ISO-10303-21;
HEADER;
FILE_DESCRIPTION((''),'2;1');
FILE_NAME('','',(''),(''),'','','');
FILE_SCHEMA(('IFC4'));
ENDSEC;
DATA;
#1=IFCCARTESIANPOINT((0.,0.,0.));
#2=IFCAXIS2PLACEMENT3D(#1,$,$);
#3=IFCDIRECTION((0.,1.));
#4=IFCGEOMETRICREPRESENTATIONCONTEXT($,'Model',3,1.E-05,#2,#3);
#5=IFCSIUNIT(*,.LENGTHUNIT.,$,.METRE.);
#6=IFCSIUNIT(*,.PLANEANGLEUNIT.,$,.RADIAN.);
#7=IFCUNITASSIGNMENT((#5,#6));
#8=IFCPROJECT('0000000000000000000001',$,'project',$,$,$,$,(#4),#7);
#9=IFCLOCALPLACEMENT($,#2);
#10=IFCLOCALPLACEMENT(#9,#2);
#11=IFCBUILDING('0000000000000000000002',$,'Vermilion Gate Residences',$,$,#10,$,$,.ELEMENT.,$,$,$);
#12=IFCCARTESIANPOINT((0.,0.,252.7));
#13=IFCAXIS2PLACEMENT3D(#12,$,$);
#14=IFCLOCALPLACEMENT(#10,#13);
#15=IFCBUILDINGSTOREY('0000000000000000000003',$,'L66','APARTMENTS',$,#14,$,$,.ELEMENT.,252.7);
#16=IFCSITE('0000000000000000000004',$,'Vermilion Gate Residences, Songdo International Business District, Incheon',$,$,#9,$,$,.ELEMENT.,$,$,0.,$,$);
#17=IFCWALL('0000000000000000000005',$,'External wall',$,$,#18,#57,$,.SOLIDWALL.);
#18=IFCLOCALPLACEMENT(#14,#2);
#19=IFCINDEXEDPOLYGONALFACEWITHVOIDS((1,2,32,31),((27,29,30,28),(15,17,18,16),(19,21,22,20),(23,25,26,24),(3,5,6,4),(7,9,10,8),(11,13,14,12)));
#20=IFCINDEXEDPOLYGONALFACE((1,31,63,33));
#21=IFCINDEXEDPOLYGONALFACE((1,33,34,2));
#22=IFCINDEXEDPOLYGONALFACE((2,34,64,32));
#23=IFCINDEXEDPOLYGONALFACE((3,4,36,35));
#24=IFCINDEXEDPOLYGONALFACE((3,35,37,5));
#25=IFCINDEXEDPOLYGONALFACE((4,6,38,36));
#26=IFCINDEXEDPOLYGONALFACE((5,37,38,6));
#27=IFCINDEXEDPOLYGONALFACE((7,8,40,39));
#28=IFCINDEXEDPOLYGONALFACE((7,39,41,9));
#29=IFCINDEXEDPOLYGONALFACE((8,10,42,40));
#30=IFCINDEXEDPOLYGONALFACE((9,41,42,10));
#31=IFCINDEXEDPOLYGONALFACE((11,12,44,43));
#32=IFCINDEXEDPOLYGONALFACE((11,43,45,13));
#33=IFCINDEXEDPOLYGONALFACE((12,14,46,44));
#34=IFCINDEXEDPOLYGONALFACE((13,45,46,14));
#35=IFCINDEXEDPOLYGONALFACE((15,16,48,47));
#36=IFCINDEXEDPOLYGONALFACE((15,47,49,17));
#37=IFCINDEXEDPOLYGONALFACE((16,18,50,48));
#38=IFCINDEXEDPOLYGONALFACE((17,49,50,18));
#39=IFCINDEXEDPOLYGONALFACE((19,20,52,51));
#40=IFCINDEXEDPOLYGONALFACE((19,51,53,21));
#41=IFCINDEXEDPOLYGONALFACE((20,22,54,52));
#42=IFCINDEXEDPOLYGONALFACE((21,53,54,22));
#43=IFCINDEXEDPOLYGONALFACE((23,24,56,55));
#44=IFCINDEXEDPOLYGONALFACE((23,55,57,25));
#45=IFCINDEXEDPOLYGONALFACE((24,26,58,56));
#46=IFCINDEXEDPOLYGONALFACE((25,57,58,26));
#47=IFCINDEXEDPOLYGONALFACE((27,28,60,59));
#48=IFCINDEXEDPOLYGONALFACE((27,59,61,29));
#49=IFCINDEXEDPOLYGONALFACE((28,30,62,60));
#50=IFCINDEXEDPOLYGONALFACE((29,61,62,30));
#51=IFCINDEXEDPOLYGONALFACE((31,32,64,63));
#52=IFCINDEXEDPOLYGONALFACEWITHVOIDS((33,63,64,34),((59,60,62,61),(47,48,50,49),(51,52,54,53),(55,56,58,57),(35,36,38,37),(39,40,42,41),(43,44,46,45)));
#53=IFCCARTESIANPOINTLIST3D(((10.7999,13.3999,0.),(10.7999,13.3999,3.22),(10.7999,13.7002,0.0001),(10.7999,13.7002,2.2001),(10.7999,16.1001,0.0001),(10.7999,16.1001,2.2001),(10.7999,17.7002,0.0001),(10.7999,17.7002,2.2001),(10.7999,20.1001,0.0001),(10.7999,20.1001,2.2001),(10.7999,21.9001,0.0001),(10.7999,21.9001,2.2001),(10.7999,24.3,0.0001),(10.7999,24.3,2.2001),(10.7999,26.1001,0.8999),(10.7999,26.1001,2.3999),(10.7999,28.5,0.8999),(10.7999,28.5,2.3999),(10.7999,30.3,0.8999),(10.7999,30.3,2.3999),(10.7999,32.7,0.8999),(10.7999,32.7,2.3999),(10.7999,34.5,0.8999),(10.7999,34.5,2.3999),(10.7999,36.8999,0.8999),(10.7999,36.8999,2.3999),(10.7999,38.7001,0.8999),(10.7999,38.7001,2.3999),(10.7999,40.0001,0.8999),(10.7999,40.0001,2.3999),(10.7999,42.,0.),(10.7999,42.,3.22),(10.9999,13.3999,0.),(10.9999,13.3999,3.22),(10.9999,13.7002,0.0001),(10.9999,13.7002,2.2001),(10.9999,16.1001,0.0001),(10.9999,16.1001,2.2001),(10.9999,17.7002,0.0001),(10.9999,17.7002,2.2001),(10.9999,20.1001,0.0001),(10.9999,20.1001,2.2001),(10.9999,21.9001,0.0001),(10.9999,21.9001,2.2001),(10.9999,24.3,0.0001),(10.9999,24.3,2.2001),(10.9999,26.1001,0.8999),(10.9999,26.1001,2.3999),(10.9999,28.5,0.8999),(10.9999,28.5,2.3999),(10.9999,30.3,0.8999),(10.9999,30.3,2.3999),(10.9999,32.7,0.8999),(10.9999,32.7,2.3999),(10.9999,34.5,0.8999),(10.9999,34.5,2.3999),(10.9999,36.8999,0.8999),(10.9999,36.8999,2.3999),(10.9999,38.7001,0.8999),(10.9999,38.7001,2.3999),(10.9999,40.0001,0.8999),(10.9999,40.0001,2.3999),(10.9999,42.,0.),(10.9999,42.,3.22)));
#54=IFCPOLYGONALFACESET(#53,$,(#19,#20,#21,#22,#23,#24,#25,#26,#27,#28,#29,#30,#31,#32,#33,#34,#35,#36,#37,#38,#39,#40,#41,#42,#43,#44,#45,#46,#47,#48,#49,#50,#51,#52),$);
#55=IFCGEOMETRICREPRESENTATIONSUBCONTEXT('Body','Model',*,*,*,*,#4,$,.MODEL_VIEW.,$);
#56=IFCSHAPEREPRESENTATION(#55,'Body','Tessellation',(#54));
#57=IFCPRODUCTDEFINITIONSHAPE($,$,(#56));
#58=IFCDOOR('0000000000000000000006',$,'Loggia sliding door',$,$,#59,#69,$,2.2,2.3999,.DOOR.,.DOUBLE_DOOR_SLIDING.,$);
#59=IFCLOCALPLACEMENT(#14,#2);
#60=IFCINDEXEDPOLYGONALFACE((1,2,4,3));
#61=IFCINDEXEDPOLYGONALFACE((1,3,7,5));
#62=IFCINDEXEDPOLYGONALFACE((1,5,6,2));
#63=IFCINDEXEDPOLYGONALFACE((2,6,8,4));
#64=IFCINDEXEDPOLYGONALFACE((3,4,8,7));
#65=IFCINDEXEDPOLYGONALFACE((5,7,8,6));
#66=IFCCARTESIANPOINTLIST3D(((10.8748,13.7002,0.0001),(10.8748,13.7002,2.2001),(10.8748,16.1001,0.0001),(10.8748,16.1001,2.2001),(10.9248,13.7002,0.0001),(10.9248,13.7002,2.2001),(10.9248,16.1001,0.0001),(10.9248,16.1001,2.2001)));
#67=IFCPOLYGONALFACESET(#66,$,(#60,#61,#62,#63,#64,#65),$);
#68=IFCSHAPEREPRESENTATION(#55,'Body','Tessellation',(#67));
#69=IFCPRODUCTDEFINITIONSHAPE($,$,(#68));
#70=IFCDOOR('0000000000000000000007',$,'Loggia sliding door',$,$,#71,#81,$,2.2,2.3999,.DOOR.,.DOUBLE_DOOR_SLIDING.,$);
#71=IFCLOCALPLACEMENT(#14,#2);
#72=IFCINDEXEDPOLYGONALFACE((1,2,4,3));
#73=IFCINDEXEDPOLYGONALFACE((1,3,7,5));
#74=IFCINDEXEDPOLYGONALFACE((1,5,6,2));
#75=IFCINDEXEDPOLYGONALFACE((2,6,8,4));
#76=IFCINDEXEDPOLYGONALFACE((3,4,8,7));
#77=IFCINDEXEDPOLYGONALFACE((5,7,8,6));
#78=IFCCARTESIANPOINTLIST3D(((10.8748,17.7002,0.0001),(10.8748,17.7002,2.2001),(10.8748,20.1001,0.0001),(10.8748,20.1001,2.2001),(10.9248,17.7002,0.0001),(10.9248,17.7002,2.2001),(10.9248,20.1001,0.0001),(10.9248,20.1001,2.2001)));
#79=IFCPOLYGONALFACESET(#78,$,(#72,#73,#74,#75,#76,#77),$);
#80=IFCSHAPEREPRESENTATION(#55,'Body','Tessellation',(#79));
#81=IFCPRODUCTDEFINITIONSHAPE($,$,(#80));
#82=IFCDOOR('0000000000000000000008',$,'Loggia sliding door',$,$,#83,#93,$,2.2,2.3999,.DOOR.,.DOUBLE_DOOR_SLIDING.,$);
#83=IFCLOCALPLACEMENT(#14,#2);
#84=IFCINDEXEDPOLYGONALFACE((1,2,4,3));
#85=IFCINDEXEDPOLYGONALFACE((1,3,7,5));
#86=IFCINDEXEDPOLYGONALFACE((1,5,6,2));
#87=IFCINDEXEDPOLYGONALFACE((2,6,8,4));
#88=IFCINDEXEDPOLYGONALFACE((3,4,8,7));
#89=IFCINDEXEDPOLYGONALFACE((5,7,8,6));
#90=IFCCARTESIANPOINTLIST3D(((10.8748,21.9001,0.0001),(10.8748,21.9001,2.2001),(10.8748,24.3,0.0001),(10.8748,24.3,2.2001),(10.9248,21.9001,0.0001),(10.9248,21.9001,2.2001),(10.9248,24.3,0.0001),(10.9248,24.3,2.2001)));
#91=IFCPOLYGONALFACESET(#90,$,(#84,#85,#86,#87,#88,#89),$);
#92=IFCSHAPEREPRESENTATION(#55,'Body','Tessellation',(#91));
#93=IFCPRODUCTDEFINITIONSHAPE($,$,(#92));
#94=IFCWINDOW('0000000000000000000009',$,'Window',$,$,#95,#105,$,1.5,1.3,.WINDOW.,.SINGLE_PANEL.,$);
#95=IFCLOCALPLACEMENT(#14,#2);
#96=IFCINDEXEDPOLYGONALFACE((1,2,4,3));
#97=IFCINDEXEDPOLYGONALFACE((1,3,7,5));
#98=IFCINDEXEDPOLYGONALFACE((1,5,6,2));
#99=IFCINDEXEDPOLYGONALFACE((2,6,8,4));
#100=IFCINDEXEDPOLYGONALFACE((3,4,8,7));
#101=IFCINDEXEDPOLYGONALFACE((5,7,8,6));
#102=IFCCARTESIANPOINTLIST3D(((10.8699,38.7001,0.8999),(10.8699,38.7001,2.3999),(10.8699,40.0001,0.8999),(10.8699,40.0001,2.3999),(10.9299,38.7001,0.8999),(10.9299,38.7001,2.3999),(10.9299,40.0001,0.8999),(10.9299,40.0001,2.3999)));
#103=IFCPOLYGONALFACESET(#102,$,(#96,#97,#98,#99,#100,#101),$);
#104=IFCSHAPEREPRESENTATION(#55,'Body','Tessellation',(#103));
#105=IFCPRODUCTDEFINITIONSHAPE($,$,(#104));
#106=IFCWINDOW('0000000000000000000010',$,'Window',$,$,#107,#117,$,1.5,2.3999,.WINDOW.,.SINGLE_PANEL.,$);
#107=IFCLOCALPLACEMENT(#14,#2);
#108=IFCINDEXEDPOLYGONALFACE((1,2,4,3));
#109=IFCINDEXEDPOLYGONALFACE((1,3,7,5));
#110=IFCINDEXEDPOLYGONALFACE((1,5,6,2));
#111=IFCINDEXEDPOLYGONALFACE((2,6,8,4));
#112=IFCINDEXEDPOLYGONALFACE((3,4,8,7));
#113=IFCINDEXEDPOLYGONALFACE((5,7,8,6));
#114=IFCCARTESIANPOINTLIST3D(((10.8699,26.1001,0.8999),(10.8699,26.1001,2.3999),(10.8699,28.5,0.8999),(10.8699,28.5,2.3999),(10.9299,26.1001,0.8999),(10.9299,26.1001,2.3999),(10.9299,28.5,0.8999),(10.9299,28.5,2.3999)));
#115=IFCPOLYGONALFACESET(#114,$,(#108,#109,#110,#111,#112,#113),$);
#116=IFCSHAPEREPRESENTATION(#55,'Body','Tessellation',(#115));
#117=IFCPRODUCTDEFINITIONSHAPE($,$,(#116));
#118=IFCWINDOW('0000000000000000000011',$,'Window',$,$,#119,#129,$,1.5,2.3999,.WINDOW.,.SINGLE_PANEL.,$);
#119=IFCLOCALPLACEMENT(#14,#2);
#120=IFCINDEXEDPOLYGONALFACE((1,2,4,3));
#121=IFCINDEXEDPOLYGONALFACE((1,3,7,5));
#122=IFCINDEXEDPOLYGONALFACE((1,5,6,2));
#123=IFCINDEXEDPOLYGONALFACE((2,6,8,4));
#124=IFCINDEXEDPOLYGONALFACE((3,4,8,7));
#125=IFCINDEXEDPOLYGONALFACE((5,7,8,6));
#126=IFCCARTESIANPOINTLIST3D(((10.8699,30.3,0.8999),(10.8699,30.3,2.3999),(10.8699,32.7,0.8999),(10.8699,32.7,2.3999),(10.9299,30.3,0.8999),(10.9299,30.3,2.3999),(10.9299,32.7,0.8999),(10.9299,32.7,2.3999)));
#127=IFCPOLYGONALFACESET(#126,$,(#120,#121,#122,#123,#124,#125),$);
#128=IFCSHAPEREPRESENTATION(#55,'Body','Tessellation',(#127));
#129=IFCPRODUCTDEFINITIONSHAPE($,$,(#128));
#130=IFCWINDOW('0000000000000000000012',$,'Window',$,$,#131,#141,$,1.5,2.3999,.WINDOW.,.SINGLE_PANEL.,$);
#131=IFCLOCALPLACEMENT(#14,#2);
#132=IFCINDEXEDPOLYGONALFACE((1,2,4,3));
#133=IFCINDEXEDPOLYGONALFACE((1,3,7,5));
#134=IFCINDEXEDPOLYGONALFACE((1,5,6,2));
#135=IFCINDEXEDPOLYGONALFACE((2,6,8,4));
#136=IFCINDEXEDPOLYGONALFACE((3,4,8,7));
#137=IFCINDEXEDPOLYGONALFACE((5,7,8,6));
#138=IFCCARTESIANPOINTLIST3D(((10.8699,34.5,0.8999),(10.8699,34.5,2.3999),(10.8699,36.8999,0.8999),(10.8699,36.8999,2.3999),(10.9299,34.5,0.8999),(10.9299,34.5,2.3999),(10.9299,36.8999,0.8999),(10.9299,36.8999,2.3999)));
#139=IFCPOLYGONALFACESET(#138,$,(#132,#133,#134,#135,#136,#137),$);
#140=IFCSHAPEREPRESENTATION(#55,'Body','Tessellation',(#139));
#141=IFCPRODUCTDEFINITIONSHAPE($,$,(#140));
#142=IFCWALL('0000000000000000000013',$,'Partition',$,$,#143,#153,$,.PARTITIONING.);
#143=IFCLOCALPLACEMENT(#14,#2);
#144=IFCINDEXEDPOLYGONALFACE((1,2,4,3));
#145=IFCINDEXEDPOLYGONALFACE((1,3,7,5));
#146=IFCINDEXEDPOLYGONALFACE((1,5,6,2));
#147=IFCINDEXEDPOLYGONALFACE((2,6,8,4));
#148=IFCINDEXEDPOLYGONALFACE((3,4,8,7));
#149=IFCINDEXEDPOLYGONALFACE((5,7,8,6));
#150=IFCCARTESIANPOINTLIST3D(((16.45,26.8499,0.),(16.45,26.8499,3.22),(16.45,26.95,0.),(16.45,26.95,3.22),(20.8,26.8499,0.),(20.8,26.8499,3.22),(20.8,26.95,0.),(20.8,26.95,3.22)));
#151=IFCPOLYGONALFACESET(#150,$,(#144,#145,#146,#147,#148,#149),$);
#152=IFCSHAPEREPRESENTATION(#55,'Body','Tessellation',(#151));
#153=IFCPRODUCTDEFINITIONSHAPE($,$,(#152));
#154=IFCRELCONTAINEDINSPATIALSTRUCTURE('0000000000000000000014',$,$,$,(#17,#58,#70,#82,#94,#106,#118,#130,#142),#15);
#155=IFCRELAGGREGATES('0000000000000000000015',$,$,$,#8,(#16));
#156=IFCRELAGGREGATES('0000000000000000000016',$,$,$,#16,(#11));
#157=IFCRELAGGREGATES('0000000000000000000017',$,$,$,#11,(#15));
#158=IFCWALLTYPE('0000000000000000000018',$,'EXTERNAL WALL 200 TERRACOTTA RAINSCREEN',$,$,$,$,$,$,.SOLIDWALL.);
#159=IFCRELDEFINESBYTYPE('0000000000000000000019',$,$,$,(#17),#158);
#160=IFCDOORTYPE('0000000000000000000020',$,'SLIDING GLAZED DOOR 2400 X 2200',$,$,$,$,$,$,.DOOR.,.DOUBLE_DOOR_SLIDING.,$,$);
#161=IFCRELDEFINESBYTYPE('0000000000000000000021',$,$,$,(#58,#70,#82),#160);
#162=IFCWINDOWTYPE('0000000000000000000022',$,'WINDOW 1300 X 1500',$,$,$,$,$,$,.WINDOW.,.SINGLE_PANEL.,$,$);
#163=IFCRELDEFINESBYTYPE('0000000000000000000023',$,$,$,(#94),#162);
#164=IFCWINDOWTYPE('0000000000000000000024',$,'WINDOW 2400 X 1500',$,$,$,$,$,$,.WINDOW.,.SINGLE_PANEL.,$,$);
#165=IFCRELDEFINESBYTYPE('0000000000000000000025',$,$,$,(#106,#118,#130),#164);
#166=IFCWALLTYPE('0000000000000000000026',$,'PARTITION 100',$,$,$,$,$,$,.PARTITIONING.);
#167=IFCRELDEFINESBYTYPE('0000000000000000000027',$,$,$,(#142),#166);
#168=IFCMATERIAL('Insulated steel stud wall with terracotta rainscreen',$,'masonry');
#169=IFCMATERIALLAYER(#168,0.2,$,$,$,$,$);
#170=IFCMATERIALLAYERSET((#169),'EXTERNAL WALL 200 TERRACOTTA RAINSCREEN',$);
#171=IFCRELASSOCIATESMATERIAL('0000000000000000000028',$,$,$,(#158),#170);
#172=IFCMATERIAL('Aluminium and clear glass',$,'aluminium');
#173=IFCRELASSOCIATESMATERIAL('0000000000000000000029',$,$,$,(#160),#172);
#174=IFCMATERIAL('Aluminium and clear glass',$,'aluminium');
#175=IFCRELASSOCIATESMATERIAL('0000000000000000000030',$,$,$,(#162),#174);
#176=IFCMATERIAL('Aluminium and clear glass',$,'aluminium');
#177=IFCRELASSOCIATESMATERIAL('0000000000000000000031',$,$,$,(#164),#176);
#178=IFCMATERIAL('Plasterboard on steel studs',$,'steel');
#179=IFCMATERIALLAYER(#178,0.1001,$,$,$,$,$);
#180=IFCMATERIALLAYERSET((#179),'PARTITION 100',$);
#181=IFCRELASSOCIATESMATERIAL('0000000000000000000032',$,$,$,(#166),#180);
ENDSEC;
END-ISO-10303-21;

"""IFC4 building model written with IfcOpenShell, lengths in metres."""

from ifc_helpers import new_model, si_unit, direction, frame, frame_2d, origin, place, context, subcontext, project, spatial, rectangle, extrude, material, layer, layer_set, type_object, element, fill, save


model = new_model("IFC4")

# Units and contexts
model_context = context("Model", 3, precision=1e-05, world=origin(), true_north=direction((0.0, 1.0)))
body_context = subcontext(model_context, "Body", "Model", "MODEL_VIEW")
ifc_project = project(units=[si_unit("LENGTHUNIT", "METRE"), si_unit("PLANEANGLEUNIT", "RADIAN")], contexts=[model_context])

# Site, building, storey
site_placement = place(None, origin())
site = spatial("IfcSite", under=ifc_project, at=site_placement, Name="Vermilion Gate Residences, Songdo International Business District, Incheon", CompositionType="ELEMENT", RefElevation=0.0)
building_placement = place(site_placement, origin())
building = spatial("IfcBuilding", under=site, at=building_placement, Name="Vermilion Gate Residences", CompositionType="ELEMENT")
storey_placement = place(building_placement, frame((0.0, 0.0, 252.7)))
storey = spatial("IfcBuildingStorey", under=building, at=storey_placement, Name="L66", Description="APARTMENTS", CompositionType="ELEMENT", Elevation=252.7)

# Wall, openings, doors, windows
ifc_material_1 = material(Name="Insulated steel stud wall with terracotta rainscreen", Category="masonry")
ifc_layer_1 = layer(ifc_material_1, 0.2)
ifc_layer_set_1 = layer_set([ifc_layer_1], Name="EXTERNAL WALL 200 TERRACOTTA RAINSCREEN")
wall_type_1 = type_object("IfcWallType", Name="EXTERNAL WALL 200 TERRACOTTA RAINSCREEN", PredefinedType="SOLIDWALL", material=ifc_layer_set_1)
wall_1_placement = place(storey_placement, frame((10.8999, 42.0, 0.0), z_axis=(0.0, 0.0, 1.0), x_axis=(0.0, -1.0, 0.0)))
wall_1 = element("IfcWall", 1, at=wall_1_placement, inside=storey, type_object=wall_type_1, Name="External wall", PredefinedType="SOLIDWALL", context=body_context, shape_type="SweptSolid", body=[
    extrude(rectangle(XDim=28.6001, YDim=0.2, at=frame_2d((14.3, 0.0))), origin(), (0.0, 0.0, 1.0), 3.22),
])
opening_1_placement = place(wall_1_placement, frame((25.8999, 0.0, 0.0)))
opening_1 = element("IfcOpeningElement", 2, at=opening_1_placement, cuts=wall_1, PredefinedType="OPENING", context=body_context, shape_type="SweptSolid", body=[
    extrude(rectangle(XDim=2.3999, YDim=2.2, at=frame_2d((1.2, 1.1001))), frame((0.0, 0.1099, 0.0), z_axis=(0.0, -1.0, 0.0), x_axis=(1.0, 0.0, 0.0)), (0.0, 0.0, 1.0), 0.22),
])
opening_2_placement = place(wall_1_placement, frame((21.8999, 0.0, 0.0)))
opening_2 = element("IfcOpeningElement", 3, at=opening_2_placement, cuts=wall_1, PredefinedType="OPENING", context=body_context, shape_type="SweptSolid", body=[
    extrude(rectangle(XDim=2.3999, YDim=2.2, at=frame_2d((1.2, 1.1001))), frame((0.0, 0.1099, 0.0), z_axis=(0.0, -1.0, 0.0), x_axis=(1.0, 0.0, 0.0)), (0.0, 0.0, 1.0), 0.22),
])
opening_3_placement = place(wall_1_placement, frame((17.7, 0.0, 0.0)))
opening_3 = element("IfcOpeningElement", 4, at=opening_3_placement, cuts=wall_1, PredefinedType="OPENING", context=body_context, shape_type="SweptSolid", body=[
    extrude(rectangle(XDim=2.3999, YDim=2.2, at=frame_2d((1.2, 1.1001))), frame((0.0, 0.1099, 0.0), z_axis=(0.0, -1.0, 0.0), x_axis=(1.0, 0.0, 0.0)), (0.0, 0.0, 1.0), 0.22),
])
opening_4_placement = place(wall_1_placement, frame((13.5, 0.0, 0.8999)))
opening_4 = element("IfcOpeningElement", 5, at=opening_4_placement, cuts=wall_1, PredefinedType="OPENING", context=body_context, shape_type="SweptSolid", body=[
    extrude(rectangle(XDim=2.3999, YDim=1.5, at=frame_2d((1.2, 0.75))), frame((0.0, 0.1099, 0.0), z_axis=(0.0, -1.0, 0.0), x_axis=(1.0, 0.0, 0.0)), (0.0, 0.0, 1.0), 0.22),
])
opening_5_placement = place(wall_1_placement, frame((9.3, 0.0, 0.8999)))
opening_5 = element("IfcOpeningElement", 6, at=opening_5_placement, cuts=wall_1, PredefinedType="OPENING", context=body_context, shape_type="SweptSolid", body=[
    extrude(rectangle(XDim=2.3999, YDim=1.5, at=frame_2d((1.2, 0.75))), frame((0.0, 0.1099, 0.0), z_axis=(0.0, -1.0, 0.0), x_axis=(1.0, 0.0, 0.0)), (0.0, 0.0, 1.0), 0.22),
])
opening_6_placement = place(wall_1_placement, frame((5.1001, 0.0, 0.8999)))
opening_6 = element("IfcOpeningElement", 7, at=opening_6_placement, cuts=wall_1, PredefinedType="OPENING", context=body_context, shape_type="SweptSolid", body=[
    extrude(rectangle(XDim=2.3999, YDim=1.5, at=frame_2d((1.2, 0.75))), frame((0.0, 0.1099, 0.0), z_axis=(0.0, -1.0, 0.0), x_axis=(1.0, 0.0, 0.0)), (0.0, 0.0, 1.0), 0.22),
])
opening_7_placement = place(wall_1_placement, frame((2.0, 0.0, 0.8999)))
opening_7 = element("IfcOpeningElement", 8, at=opening_7_placement, cuts=wall_1, PredefinedType="OPENING", context=body_context, shape_type="SweptSolid", body=[
    extrude(rectangle(XDim=1.3, YDim=1.5, at=frame_2d((0.6499, 0.75))), frame((0.0, 0.1099, 0.0), z_axis=(0.0, -1.0, 0.0), x_axis=(1.0, 0.0, 0.0)), (0.0, 0.0, 1.0), 0.22),
])
ifc_material_2 = material(Name="Aluminium and clear glass", Category="aluminium")
door_type_1 = type_object("IfcDoorType", Name="SLIDING GLAZED DOOR 2400 X 2200", OperationType="DOUBLE_DOOR_SLIDING", PredefinedType="DOOR", material=ifc_material_2)
door_1_placement = place(opening_1_placement, origin())
door_1 = element("IfcDoor", 9, at=door_1_placement, inside=storey, type_object=door_type_1, Name="Loggia sliding door", OperationType="DOUBLE_DOOR_SLIDING", OverallHeight=2.2, OverallWidth=2.3999, PredefinedType="DOOR", context=body_context, shape_type="SweptSolid", body=[
    extrude(rectangle(XDim=2.3999, YDim=2.2, at=frame_2d((1.2, 1.1001))), frame((0.0, 0.0249, 0.0), z_axis=(0.0, -1.0, 0.0), x_axis=(1.0, 0.0, 0.0)), (0.0, 0.0, 1.0), 0.05),
])
fill(opening_1, door_1)
door_2_placement = place(opening_2_placement, origin())
door_2 = element("IfcDoor", 10, at=door_2_placement, inside=storey, type_object=door_type_1, Name="Loggia sliding door", OperationType="DOUBLE_DOOR_SLIDING", OverallHeight=2.2, OverallWidth=2.3999, PredefinedType="DOOR", context=body_context, shape_type="SweptSolid", body=[
    extrude(rectangle(XDim=2.3999, YDim=2.2, at=frame_2d((1.2, 1.1001))), frame((0.0, 0.0249, 0.0), z_axis=(0.0, -1.0, 0.0), x_axis=(1.0, 0.0, 0.0)), (0.0, 0.0, 1.0), 0.05),
])
fill(opening_2, door_2)
door_3_placement = place(opening_3_placement, origin())
door_3 = element("IfcDoor", 11, at=door_3_placement, inside=storey, type_object=door_type_1, Name="Loggia sliding door", OperationType="DOUBLE_DOOR_SLIDING", OverallHeight=2.2, OverallWidth=2.3999, PredefinedType="DOOR", context=body_context, shape_type="SweptSolid", body=[
    extrude(rectangle(XDim=2.3999, YDim=2.2, at=frame_2d((1.2, 1.1001))), frame((0.0, 0.0249, 0.0), z_axis=(0.0, -1.0, 0.0), x_axis=(1.0, 0.0, 0.0)), (0.0, 0.0, 1.0), 0.05),
])
fill(opening_3, door_3)
ifc_material_3 = material(Name="Aluminium and clear glass", Category="aluminium")
window_type_1 = type_object("IfcWindowType", Name="WINDOW 1300 X 1500", PartitioningType="SINGLE_PANEL", PredefinedType="WINDOW", material=ifc_material_3)
window_1_placement = place(opening_7_placement, origin())
window_1 = element("IfcWindow", 12, at=window_1_placement, inside=storey, type_object=window_type_1, Name="Window", OverallHeight=1.5, OverallWidth=1.3, PartitioningType="SINGLE_PANEL", PredefinedType="WINDOW", context=body_context, shape_type="SweptSolid", body=[
    extrude(rectangle(XDim=1.3, YDim=1.5, at=frame_2d((0.6499, 0.75))), frame((0.0, 0.03, 0.0), z_axis=(0.0, -1.0, 0.0), x_axis=(1.0, 0.0, 0.0)), (0.0, 0.0, 1.0), 0.0601),
])
fill(opening_7, window_1)
ifc_material_4 = material(Name="Aluminium and clear glass", Category="aluminium")
window_type_2 = type_object("IfcWindowType", Name="WINDOW 2400 X 1500", PartitioningType="SINGLE_PANEL", PredefinedType="WINDOW", material=ifc_material_4)
window_2_placement = place(opening_4_placement, origin())
window_2 = element("IfcWindow", 13, at=window_2_placement, inside=storey, type_object=window_type_2, Name="Window", OverallHeight=1.5, OverallWidth=2.3999, PartitioningType="SINGLE_PANEL", PredefinedType="WINDOW", context=body_context, shape_type="SweptSolid", body=[
    extrude(rectangle(XDim=2.3999, YDim=1.5, at=frame_2d((1.2, 0.75))), frame((0.0, 0.03, 0.0), z_axis=(0.0, -1.0, 0.0), x_axis=(1.0, 0.0, 0.0)), (0.0, 0.0, 1.0), 0.0601),
])
fill(opening_4, window_2)
window_3_placement = place(opening_5_placement, origin())
window_3 = element("IfcWindow", 14, at=window_3_placement, inside=storey, type_object=window_type_2, Name="Window", OverallHeight=1.5, OverallWidth=2.3999, PartitioningType="SINGLE_PANEL", PredefinedType="WINDOW", context=body_context, shape_type="SweptSolid", body=[
    extrude(rectangle(XDim=2.3999, YDim=1.5, at=frame_2d((1.2, 0.75))), frame((0.0, 0.03, 0.0), z_axis=(0.0, -1.0, 0.0), x_axis=(1.0, 0.0, 0.0)), (0.0, 0.0, 1.0), 0.0601),
])
fill(opening_5, window_3)
window_4_placement = place(opening_6_placement, origin())
window_4 = element("IfcWindow", 15, at=window_4_placement, inside=storey, type_object=window_type_2, Name="Window", OverallHeight=1.5, OverallWidth=2.3999, PartitioningType="SINGLE_PANEL", PredefinedType="WINDOW", context=body_context, shape_type="SweptSolid", body=[
    extrude(rectangle(XDim=2.3999, YDim=1.5, at=frame_2d((1.2, 0.75))), frame((0.0, 0.03, 0.0), z_axis=(0.0, -1.0, 0.0), x_axis=(1.0, 0.0, 0.0)), (0.0, 0.0, 1.0), 0.0601),
])
fill(opening_6, window_4)

# Wall
ifc_material_5 = material(Name="Plasterboard on steel studs", Category="steel")
ifc_layer_2 = layer(ifc_material_5, 0.1001)
ifc_layer_set_2 = layer_set([ifc_layer_2], Name="PARTITION 100")
wall_type_2 = type_object("IfcWallType", Name="PARTITION 100", PredefinedType="PARTITIONING", material=ifc_layer_set_2)
wall_2_placement = place(storey_placement, frame((16.45, 26.8999, 0.0), z_axis=(0.0, 0.0, 1.0), x_axis=(1.0, 0.0, 0.0)))
element("IfcWall", 16, at=wall_2_placement, inside=storey, type_object=wall_type_2, Name="Partition", PredefinedType="PARTITIONING", context=body_context, shape_type="SweptSolid", body=[
    extrude(rectangle(XDim=4.3501, YDim=0.1001, at=frame_2d((2.175, 0.0))), origin(), (0.0, 0.0, 1.0), 3.22),
])

save(model, "model.ifc")
